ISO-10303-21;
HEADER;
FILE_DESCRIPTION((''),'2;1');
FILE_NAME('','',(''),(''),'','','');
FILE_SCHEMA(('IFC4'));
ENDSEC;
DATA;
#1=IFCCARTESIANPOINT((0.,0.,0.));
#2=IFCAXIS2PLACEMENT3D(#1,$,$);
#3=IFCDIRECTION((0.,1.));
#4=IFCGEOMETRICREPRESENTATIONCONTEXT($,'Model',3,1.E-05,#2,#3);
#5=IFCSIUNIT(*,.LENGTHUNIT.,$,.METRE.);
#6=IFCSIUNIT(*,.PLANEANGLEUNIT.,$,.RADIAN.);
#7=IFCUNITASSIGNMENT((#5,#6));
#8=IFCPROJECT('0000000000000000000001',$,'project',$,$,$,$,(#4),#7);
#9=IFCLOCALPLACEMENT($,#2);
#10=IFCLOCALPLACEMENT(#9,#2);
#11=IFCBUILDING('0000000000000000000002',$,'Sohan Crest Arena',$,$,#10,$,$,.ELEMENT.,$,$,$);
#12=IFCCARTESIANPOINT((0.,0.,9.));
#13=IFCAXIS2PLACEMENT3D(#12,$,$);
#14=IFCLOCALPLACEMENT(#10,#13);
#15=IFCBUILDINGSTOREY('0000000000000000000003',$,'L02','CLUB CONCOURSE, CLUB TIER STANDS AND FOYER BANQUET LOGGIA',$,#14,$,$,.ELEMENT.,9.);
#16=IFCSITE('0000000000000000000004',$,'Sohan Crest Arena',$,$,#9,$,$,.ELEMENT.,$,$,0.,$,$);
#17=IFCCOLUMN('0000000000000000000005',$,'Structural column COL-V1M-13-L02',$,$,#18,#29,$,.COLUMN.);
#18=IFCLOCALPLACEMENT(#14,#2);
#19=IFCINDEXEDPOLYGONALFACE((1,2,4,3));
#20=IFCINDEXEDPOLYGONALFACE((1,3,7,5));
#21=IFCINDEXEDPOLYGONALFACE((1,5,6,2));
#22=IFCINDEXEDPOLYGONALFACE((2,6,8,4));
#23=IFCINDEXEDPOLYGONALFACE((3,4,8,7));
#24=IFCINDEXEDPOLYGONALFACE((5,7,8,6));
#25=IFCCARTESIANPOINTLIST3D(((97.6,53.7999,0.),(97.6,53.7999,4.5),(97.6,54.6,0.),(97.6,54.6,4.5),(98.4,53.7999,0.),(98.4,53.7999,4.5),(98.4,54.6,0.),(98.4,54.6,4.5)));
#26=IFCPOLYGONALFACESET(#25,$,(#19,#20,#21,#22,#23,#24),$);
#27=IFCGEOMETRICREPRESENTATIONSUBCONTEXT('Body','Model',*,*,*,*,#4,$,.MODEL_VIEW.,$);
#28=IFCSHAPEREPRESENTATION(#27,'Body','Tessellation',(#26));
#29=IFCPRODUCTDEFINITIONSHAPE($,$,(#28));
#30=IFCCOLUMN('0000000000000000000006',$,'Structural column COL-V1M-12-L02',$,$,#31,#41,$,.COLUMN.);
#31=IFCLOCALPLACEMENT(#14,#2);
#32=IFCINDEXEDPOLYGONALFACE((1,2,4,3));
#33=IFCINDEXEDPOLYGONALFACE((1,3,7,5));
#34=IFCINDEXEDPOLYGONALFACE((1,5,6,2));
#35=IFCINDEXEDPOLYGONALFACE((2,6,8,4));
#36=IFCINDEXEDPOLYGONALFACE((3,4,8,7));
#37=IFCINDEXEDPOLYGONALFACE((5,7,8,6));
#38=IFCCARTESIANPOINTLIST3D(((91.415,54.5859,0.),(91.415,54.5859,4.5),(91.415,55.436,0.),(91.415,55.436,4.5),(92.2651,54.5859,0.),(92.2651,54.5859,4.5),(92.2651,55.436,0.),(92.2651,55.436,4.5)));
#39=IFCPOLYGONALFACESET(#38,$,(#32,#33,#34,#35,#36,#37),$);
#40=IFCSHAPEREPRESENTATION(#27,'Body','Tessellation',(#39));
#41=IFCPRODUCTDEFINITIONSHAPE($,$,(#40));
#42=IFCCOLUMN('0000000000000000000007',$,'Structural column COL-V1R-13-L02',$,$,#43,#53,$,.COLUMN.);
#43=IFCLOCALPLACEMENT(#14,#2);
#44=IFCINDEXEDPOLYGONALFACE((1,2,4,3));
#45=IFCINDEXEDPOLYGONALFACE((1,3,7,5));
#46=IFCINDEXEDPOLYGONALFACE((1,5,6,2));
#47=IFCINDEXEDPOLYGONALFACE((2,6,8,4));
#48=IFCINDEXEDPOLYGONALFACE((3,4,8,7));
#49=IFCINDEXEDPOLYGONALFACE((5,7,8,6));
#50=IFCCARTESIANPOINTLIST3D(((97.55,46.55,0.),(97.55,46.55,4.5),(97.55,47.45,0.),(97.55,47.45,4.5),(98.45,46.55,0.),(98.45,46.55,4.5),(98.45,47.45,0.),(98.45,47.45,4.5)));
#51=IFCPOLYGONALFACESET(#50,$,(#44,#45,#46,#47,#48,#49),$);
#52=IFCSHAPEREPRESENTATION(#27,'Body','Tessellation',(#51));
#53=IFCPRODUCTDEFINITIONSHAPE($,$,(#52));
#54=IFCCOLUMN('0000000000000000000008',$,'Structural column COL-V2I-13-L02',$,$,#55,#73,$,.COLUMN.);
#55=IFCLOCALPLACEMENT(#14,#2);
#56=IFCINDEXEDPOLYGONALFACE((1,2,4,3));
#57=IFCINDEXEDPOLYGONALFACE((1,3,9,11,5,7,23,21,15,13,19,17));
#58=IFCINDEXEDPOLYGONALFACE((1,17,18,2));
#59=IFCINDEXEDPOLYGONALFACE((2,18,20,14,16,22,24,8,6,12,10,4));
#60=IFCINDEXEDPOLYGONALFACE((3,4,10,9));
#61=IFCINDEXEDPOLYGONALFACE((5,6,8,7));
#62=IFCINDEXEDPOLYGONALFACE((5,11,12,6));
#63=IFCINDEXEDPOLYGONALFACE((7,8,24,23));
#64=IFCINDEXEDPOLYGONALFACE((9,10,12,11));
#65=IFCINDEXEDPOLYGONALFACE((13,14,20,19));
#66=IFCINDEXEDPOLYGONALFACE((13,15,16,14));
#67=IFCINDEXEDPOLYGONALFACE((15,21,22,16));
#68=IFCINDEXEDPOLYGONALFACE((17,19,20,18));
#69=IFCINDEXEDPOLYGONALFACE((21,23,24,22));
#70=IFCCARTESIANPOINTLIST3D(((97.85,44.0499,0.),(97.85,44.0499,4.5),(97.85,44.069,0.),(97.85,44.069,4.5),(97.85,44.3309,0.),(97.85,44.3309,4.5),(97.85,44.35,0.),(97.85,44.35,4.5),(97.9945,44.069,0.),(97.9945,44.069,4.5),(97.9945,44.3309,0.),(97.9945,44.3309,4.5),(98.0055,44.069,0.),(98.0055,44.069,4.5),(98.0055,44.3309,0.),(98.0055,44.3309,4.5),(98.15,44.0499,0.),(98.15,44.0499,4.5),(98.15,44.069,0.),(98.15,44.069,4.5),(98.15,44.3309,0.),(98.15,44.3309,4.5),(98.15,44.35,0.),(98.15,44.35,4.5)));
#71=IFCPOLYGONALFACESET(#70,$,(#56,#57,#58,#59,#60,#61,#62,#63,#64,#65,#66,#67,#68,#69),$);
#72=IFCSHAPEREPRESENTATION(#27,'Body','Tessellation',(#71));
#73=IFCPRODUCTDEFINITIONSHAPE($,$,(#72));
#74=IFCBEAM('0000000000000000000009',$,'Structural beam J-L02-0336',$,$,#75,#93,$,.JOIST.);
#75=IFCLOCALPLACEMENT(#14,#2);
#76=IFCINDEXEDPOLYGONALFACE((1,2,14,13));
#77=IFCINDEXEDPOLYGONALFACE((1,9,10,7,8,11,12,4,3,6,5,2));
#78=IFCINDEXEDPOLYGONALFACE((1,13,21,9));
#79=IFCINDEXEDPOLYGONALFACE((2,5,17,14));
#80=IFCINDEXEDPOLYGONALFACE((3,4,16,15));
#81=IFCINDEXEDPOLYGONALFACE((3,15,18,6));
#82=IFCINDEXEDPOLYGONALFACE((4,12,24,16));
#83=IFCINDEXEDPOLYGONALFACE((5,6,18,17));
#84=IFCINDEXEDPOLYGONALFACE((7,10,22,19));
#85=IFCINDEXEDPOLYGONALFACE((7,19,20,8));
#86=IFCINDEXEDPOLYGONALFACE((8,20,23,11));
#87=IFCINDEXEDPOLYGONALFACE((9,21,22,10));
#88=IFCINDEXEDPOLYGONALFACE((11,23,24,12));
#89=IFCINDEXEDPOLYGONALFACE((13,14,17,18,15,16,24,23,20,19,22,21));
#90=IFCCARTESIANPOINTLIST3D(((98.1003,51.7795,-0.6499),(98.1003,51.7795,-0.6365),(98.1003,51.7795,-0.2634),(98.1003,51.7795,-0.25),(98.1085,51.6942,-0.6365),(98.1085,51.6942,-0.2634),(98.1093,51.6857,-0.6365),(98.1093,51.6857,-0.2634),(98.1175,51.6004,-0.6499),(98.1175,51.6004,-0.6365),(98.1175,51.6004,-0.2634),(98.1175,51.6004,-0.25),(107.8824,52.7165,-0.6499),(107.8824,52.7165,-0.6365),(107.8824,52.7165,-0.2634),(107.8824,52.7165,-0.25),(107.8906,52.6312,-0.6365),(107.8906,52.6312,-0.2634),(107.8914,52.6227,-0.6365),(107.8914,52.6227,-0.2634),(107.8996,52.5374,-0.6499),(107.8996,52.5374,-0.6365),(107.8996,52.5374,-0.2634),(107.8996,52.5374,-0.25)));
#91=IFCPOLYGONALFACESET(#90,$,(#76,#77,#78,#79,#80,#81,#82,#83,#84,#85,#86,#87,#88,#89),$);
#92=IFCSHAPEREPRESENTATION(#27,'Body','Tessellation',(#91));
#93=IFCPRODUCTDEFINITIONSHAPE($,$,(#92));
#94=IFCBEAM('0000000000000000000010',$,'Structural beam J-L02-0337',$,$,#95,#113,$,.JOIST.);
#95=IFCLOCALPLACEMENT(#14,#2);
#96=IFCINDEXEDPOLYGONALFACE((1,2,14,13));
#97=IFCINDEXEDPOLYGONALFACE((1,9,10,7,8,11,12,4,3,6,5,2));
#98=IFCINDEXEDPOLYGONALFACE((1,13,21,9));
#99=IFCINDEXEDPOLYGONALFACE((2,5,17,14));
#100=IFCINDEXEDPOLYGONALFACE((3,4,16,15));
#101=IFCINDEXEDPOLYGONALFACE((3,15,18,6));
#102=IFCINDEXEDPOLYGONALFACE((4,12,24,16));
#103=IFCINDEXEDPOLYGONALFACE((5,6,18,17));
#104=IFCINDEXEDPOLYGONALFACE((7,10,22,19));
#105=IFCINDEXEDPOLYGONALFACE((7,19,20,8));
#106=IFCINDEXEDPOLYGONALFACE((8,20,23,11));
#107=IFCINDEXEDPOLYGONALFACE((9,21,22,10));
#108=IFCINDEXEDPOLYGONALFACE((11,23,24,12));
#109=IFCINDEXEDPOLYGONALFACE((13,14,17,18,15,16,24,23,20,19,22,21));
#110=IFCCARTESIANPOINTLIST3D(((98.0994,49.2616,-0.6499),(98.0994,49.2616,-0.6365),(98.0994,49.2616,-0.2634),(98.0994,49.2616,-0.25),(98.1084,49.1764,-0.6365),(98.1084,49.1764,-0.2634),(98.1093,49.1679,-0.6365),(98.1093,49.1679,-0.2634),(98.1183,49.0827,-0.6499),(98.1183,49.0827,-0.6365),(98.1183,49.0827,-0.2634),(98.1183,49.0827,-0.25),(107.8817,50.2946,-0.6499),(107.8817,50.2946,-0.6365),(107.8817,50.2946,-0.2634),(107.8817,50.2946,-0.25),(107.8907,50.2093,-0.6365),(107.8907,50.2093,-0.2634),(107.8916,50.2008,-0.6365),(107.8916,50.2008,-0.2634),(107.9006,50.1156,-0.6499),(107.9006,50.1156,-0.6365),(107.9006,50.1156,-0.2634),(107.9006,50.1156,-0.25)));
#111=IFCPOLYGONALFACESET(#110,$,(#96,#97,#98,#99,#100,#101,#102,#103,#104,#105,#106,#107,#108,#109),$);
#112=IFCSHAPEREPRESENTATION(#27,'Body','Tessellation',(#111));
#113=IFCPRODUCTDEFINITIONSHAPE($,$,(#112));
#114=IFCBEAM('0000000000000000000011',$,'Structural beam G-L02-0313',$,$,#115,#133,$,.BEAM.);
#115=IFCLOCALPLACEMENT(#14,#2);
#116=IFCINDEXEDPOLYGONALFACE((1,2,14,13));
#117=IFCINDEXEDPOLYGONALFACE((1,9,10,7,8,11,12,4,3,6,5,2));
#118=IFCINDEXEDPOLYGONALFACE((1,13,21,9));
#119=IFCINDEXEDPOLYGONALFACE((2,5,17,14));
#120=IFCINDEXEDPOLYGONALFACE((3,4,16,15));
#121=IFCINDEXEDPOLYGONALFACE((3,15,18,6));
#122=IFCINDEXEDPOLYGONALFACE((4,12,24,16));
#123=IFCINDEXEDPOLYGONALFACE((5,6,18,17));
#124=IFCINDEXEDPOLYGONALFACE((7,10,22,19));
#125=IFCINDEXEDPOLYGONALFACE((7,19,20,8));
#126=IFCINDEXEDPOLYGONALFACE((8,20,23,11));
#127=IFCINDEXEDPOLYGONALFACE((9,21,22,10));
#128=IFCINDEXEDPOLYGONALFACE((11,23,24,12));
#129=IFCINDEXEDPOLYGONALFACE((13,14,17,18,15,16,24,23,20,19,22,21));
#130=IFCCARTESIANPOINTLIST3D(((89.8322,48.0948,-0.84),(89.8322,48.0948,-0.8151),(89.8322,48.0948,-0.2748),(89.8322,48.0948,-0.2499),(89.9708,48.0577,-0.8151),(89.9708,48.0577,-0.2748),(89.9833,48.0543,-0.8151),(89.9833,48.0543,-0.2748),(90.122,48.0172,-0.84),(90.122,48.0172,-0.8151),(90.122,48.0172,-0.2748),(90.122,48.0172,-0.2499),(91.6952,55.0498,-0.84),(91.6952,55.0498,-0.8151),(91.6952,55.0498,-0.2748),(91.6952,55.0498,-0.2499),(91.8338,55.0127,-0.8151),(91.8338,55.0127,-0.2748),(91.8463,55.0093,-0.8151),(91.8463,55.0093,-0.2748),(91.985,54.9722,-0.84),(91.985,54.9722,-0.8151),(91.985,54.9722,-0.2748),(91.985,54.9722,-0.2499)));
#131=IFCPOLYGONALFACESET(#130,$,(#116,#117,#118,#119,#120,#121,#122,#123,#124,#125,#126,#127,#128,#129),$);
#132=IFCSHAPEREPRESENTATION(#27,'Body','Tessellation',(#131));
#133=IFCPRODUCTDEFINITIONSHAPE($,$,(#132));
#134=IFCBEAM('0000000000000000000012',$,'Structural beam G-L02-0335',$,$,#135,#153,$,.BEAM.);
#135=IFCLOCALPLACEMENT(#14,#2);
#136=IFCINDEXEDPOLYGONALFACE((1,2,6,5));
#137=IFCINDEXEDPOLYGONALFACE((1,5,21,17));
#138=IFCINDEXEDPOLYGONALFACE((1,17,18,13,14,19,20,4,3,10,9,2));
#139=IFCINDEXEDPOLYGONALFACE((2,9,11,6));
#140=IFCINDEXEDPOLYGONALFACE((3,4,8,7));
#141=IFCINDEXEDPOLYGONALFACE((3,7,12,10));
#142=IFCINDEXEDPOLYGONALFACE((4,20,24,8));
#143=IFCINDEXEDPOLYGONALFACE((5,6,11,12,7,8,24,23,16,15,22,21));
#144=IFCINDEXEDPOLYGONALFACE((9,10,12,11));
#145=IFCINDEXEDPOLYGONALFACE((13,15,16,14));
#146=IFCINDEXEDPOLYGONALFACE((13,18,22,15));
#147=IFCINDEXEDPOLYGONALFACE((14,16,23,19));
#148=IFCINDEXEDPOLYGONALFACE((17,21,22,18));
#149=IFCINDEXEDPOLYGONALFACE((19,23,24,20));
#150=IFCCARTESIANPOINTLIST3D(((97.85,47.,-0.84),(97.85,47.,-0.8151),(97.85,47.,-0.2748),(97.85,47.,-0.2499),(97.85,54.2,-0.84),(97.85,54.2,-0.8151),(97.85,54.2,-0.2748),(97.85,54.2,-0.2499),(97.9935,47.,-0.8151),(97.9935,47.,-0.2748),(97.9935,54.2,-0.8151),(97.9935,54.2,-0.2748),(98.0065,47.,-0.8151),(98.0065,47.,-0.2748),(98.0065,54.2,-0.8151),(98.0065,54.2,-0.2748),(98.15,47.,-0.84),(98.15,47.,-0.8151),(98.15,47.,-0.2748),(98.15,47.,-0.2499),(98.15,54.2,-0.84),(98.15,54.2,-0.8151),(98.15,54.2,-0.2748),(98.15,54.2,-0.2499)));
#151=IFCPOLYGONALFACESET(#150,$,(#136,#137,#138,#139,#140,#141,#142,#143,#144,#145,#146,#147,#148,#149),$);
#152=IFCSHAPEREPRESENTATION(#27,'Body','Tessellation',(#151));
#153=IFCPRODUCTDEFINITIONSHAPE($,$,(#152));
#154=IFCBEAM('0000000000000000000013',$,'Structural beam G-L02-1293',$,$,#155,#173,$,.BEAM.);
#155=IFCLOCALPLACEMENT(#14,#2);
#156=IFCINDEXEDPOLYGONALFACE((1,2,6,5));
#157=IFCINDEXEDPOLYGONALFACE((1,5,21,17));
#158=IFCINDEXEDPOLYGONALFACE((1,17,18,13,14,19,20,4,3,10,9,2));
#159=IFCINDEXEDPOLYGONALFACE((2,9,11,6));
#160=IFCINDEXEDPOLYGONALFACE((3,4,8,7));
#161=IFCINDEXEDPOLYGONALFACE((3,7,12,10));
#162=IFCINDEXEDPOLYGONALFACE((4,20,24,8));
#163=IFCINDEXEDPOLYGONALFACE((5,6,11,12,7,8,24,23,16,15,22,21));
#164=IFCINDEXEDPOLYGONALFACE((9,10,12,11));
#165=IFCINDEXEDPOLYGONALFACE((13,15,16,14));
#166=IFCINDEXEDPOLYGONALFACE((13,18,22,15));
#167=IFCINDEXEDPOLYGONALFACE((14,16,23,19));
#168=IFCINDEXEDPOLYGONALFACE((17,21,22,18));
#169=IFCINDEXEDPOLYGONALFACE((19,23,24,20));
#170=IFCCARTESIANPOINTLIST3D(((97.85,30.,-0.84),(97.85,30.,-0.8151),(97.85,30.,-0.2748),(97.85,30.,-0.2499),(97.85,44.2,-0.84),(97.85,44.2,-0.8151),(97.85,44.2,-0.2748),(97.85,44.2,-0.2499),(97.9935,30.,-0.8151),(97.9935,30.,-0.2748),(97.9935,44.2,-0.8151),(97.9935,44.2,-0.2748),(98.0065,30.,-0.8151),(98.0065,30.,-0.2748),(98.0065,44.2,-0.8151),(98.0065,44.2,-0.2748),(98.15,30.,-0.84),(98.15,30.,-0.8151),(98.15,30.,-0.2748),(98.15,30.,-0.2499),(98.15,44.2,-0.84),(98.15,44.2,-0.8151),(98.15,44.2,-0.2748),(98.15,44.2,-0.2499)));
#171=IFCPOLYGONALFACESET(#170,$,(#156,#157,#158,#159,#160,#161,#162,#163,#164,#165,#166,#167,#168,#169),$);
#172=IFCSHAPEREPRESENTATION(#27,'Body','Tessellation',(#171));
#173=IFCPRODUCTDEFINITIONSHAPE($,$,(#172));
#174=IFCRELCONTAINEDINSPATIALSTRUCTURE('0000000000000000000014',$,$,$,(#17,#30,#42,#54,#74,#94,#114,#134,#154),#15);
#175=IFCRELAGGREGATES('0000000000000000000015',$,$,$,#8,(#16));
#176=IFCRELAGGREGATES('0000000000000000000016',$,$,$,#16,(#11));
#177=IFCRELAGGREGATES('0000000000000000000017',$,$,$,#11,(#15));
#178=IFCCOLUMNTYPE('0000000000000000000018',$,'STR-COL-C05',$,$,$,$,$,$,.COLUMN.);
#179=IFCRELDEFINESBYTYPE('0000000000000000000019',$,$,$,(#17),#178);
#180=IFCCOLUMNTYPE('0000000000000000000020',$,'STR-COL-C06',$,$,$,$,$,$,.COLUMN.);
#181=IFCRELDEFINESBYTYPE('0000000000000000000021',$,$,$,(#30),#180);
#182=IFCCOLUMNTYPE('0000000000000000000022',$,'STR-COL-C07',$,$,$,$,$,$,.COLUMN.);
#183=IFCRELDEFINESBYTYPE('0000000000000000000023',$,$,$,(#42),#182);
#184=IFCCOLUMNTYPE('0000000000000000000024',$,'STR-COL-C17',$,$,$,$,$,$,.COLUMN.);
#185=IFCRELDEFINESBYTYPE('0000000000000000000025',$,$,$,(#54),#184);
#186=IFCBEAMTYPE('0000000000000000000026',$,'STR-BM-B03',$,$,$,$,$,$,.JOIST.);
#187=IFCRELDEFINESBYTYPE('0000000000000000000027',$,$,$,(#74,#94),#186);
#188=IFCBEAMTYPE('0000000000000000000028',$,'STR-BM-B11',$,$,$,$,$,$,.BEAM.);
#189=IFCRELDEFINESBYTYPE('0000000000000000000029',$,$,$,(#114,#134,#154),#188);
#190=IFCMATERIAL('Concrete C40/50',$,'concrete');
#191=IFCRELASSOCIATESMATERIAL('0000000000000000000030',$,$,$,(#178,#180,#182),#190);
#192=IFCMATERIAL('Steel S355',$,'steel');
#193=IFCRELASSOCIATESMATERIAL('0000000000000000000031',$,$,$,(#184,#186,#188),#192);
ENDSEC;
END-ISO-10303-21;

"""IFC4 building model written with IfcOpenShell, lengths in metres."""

from ifc_helpers import new_model, si_unit, direction, frame, origin, origin_2d, place, context, subcontext, project, spatial, rectangle, i_section, extrude, material, material_profile, profile_set, type_object, element, save


model = new_model("IFC4")

# Units and contexts
model_context = context("Model", 3, precision=1e-05, world=origin(), true_north=direction((0.0, 1.0)))
body_context = subcontext(model_context, "Body", "Model", "MODEL_VIEW")
ifc_project = project(units=[si_unit("LENGTHUNIT", "METRE"), si_unit("PLANEANGLEUNIT", "RADIAN")], contexts=[model_context])

# Site, building, storey
site_placement = place(None, origin())
site = spatial("IfcSite", under=ifc_project, at=site_placement, Name="Sohan Crest Arena", CompositionType="ELEMENT", RefElevation=0.0)
building_placement = place(site_placement, origin())
building = spatial("IfcBuilding", under=site, at=building_placement, Name="Sohan Crest Arena", CompositionType="ELEMENT")
storey_placement = place(building_placement, frame((0.0, 0.0, 9.0)))
storey = spatial("IfcBuildingStorey", under=building, at=storey_placement, Name="L02", Description="CLUB CONCOURSE, CLUB TIER STANDS AND FOYER BANQUET LOGGIA", CompositionType="ELEMENT", Elevation=9.0)

# Columns
ifc_material_1 = material(Name="Concrete C40/50", Category="concrete")
ifc_material_profile_1 = material_profile(ifc_material_1, rectangle(XDim=0.8, YDim=0.8, at=origin_2d()), Name="RC 800x800")
ifc_profile_set_1 = profile_set([ifc_material_profile_1], Name="Concrete C40/50")
column_type_1 = type_object("IfcColumnType", Name="STR-COL-C05", PredefinedType="COLUMN", material=ifc_profile_set_1)
column_1_placement = place(storey_placement, frame((98.0, 54.2, 0.0), z_axis=(0.0, 0.0, 1.0), x_axis=(1.0, 0.0, 0.0)))
element("IfcColumn", 1, at=column_1_placement, inside=storey, type_object=column_type_1, Name="Structural column COL-V1M-13-L02", PredefinedType="COLUMN", context=body_context, shape_type="SweptSolid", body=[
    extrude(rectangle(XDim=0.8, YDim=0.8, at=origin_2d()), origin(), (0.0, 0.0, 1.0), 4.5),
])
ifc_material_profile_2 = material_profile(ifc_material_1, rectangle(XDim=0.8501, YDim=0.8501, at=origin_2d()), Name="RC 850x850")
ifc_profile_set_2 = profile_set([ifc_material_profile_2], Name="Concrete C40/50")
column_type_2 = type_object("IfcColumnType", Name="STR-COL-C06", PredefinedType="COLUMN", material=ifc_profile_set_2)
column_2_placement = place(storey_placement, frame((91.8401, 55.011, 0.0), z_axis=(0.0, 0.0, 1.0), x_axis=(1.0, 0.0, 0.0)))
element("IfcColumn", 2, at=column_2_placement, inside=storey, type_object=column_type_2, Name="Structural column COL-V1M-12-L02", PredefinedType="COLUMN", context=body_context, shape_type="SweptSolid", body=[
    extrude(rectangle(XDim=0.8501, YDim=0.8501, at=origin_2d()), origin(), (0.0, 0.0, 1.0), 4.5),
])
ifc_material_profile_3 = material_profile(ifc_material_1, rectangle(XDim=0.8999, YDim=0.8999, at=origin_2d()), Name="RC 900x900")
ifc_profile_set_3 = profile_set([ifc_material_profile_3], Name="Concrete C40/50")
column_type_3 = type_object("IfcColumnType", Name="STR-COL-C07", PredefinedType="COLUMN", material=ifc_profile_set_3)
column_3_placement = place(storey_placement, frame((98.0, 47.0, 0.0), z_axis=(0.0, 0.0, 1.0), x_axis=(0.0, 1.0, 0.0)))
element("IfcColumn", 3, at=column_3_placement, inside=storey, type_object=column_type_3, Name="Structural column COL-V1R-13-L02", PredefinedType="COLUMN", context=body_context, shape_type="SweptSolid", body=[
    extrude(rectangle(XDim=0.8999, YDim=0.8999, at=origin_2d()), origin(), (0.0, 0.0, 1.0), 4.5),
])
ifc_material_2 = material(Name="Steel S355", Category="steel")
ifc_material_profile_4 = material_profile(ifc_material_2, i_section(OverallWidth=0.3, OverallDepth=0.3, WebThickness=0.011, FlangeThickness=0.019, at=origin_2d()), Name="HEB 300")
ifc_profile_set_4 = profile_set([ifc_material_profile_4], Name="Steel S355")
column_type_4 = type_object("IfcColumnType", Name="STR-COL-C17", PredefinedType="COLUMN", material=ifc_profile_set_4)
column_4_placement = place(storey_placement, frame((98.0, 44.2, 0.0), z_axis=(0.0, 0.0, 1.0), x_axis=(1.0, 0.0, 0.0)))
element("IfcColumn", 4, at=column_4_placement, inside=storey, type_object=column_type_4, Name="Structural column COL-V2I-13-L02", PredefinedType="COLUMN", context=body_context, shape_type="SweptSolid", body=[
    extrude(i_section(OverallWidth=0.3, OverallDepth=0.3, WebThickness=0.011, FlangeThickness=0.019, at=origin_2d()), origin(), (0.0, 0.0, 1.0), 4.5),
])

# Beams
ifc_material_profile_5 = material_profile(ifc_material_2, i_section(OverallWidth=0.1799, OverallDepth=0.3999, WebThickness=0.0085, FlangeThickness=0.0134, at=origin_2d()), Name="IPE 400")
ifc_profile_set_5 = profile_set([ifc_material_profile_5], Name="Steel S355")
beam_type_1 = type_object("IfcBeamType", Name="STR-BM-B03", PredefinedType="JOIST", material=ifc_profile_set_5)
beam_1_placement = place(storey_placement, frame((98.1089, 51.6899, -0.45), z_axis=(0.995444, 0.095351, 0.0), x_axis=(-0.095351, 0.995444, 0.0)))
element("IfcBeam", 5, at=beam_1_placement, inside=storey, type_object=beam_type_1, Name="Structural beam J-L02-0336", PredefinedType="JOIST", context=body_context, shape_type="SweptSolid", body=[
    extrude(i_section(OverallWidth=0.1799, OverallDepth=0.3999, WebThickness=0.0085, FlangeThickness=0.0134, at=origin_2d()), origin(), (0.0, 0.0, 1.0), 9.8269),
])
beam_2_placement = place(storey_placement, frame((98.1089, 49.1721, -0.45), z_axis=(0.994471, 0.105012, 0.0), x_axis=(-0.105012, 0.994471, 0.0)))
element("IfcBeam", 6, at=beam_2_placement, inside=storey, type_object=beam_type_1, Name="Structural beam J-L02-0337", PredefinedType="JOIST", context=body_context, shape_type="SweptSolid", body=[
    extrude(i_section(OverallWidth=0.1799, OverallDepth=0.3999, WebThickness=0.0085, FlangeThickness=0.0134, at=origin_2d()), origin(), (0.0, 0.0, 1.0), 9.8367),
])
ifc_material_profile_6 = material_profile(ifc_material_2, i_section(OverallWidth=0.3, OverallDepth=0.5901, WebThickness=0.0129, FlangeThickness=0.0249, at=origin_2d()), Name="HEA 600")
ifc_profile_set_6 = profile_set([ifc_material_profile_6], Name="Steel S355")
beam_type_2 = type_object("IfcBeamType", Name="STR-BM-B11", PredefinedType="BEAM", material=ifc_profile_set_6)
beam_3_placement = place(storey_placement, frame((91.8401, 55.011, -0.5449), z_axis=(-0.258745, -0.965946, 0.0), x_axis=(0.965946, -0.258745, 0.0)))
element("IfcBeam", 7, at=beam_3_placement, inside=storey, type_object=beam_type_2, Name="Structural beam G-L02-0313", PredefinedType="BEAM", context=body_context, shape_type="SweptSolid", body=[
    extrude(i_section(OverallWidth=0.3, OverallDepth=0.5901, WebThickness=0.0129, FlangeThickness=0.0249, at=origin_2d()), origin(), (0.0, 0.0, 1.0), 7.2002),
])
beam_4_placement = place(storey_placement, frame((98.0, 54.2, -0.5449), z_axis=(0.0, -1.0, 0.0), x_axis=(1.0, 0.0, 0.0)))
element("IfcBeam", 8, at=beam_4_placement, inside=storey, type_object=beam_type_2, Name="Structural beam G-L02-0335", PredefinedType="BEAM", context=body_context, shape_type="SweptSolid", body=[
    extrude(i_section(OverallWidth=0.3, OverallDepth=0.5901, WebThickness=0.0129, FlangeThickness=0.0249, at=origin_2d()), origin(), (0.0, 0.0, 1.0), 7.2),
])
beam_5_placement = place(storey_placement, frame((98.0, 44.2, -0.5449), z_axis=(0.0, -1.0, 0.0), x_axis=(1.0, 0.0, 0.0)))
element("IfcBeam", 9, at=beam_5_placement, inside=storey, type_object=beam_type_2, Name="Structural beam G-L02-1293", PredefinedType="BEAM", context=body_context, shape_type="SweptSolid", body=[
    extrude(i_section(OverallWidth=0.3, OverallDepth=0.5901, WebThickness=0.0129, FlangeThickness=0.0249, at=origin_2d()), origin(), (0.0, 0.0, 1.0), 14.2),
])

save(model, "model.ifc")
